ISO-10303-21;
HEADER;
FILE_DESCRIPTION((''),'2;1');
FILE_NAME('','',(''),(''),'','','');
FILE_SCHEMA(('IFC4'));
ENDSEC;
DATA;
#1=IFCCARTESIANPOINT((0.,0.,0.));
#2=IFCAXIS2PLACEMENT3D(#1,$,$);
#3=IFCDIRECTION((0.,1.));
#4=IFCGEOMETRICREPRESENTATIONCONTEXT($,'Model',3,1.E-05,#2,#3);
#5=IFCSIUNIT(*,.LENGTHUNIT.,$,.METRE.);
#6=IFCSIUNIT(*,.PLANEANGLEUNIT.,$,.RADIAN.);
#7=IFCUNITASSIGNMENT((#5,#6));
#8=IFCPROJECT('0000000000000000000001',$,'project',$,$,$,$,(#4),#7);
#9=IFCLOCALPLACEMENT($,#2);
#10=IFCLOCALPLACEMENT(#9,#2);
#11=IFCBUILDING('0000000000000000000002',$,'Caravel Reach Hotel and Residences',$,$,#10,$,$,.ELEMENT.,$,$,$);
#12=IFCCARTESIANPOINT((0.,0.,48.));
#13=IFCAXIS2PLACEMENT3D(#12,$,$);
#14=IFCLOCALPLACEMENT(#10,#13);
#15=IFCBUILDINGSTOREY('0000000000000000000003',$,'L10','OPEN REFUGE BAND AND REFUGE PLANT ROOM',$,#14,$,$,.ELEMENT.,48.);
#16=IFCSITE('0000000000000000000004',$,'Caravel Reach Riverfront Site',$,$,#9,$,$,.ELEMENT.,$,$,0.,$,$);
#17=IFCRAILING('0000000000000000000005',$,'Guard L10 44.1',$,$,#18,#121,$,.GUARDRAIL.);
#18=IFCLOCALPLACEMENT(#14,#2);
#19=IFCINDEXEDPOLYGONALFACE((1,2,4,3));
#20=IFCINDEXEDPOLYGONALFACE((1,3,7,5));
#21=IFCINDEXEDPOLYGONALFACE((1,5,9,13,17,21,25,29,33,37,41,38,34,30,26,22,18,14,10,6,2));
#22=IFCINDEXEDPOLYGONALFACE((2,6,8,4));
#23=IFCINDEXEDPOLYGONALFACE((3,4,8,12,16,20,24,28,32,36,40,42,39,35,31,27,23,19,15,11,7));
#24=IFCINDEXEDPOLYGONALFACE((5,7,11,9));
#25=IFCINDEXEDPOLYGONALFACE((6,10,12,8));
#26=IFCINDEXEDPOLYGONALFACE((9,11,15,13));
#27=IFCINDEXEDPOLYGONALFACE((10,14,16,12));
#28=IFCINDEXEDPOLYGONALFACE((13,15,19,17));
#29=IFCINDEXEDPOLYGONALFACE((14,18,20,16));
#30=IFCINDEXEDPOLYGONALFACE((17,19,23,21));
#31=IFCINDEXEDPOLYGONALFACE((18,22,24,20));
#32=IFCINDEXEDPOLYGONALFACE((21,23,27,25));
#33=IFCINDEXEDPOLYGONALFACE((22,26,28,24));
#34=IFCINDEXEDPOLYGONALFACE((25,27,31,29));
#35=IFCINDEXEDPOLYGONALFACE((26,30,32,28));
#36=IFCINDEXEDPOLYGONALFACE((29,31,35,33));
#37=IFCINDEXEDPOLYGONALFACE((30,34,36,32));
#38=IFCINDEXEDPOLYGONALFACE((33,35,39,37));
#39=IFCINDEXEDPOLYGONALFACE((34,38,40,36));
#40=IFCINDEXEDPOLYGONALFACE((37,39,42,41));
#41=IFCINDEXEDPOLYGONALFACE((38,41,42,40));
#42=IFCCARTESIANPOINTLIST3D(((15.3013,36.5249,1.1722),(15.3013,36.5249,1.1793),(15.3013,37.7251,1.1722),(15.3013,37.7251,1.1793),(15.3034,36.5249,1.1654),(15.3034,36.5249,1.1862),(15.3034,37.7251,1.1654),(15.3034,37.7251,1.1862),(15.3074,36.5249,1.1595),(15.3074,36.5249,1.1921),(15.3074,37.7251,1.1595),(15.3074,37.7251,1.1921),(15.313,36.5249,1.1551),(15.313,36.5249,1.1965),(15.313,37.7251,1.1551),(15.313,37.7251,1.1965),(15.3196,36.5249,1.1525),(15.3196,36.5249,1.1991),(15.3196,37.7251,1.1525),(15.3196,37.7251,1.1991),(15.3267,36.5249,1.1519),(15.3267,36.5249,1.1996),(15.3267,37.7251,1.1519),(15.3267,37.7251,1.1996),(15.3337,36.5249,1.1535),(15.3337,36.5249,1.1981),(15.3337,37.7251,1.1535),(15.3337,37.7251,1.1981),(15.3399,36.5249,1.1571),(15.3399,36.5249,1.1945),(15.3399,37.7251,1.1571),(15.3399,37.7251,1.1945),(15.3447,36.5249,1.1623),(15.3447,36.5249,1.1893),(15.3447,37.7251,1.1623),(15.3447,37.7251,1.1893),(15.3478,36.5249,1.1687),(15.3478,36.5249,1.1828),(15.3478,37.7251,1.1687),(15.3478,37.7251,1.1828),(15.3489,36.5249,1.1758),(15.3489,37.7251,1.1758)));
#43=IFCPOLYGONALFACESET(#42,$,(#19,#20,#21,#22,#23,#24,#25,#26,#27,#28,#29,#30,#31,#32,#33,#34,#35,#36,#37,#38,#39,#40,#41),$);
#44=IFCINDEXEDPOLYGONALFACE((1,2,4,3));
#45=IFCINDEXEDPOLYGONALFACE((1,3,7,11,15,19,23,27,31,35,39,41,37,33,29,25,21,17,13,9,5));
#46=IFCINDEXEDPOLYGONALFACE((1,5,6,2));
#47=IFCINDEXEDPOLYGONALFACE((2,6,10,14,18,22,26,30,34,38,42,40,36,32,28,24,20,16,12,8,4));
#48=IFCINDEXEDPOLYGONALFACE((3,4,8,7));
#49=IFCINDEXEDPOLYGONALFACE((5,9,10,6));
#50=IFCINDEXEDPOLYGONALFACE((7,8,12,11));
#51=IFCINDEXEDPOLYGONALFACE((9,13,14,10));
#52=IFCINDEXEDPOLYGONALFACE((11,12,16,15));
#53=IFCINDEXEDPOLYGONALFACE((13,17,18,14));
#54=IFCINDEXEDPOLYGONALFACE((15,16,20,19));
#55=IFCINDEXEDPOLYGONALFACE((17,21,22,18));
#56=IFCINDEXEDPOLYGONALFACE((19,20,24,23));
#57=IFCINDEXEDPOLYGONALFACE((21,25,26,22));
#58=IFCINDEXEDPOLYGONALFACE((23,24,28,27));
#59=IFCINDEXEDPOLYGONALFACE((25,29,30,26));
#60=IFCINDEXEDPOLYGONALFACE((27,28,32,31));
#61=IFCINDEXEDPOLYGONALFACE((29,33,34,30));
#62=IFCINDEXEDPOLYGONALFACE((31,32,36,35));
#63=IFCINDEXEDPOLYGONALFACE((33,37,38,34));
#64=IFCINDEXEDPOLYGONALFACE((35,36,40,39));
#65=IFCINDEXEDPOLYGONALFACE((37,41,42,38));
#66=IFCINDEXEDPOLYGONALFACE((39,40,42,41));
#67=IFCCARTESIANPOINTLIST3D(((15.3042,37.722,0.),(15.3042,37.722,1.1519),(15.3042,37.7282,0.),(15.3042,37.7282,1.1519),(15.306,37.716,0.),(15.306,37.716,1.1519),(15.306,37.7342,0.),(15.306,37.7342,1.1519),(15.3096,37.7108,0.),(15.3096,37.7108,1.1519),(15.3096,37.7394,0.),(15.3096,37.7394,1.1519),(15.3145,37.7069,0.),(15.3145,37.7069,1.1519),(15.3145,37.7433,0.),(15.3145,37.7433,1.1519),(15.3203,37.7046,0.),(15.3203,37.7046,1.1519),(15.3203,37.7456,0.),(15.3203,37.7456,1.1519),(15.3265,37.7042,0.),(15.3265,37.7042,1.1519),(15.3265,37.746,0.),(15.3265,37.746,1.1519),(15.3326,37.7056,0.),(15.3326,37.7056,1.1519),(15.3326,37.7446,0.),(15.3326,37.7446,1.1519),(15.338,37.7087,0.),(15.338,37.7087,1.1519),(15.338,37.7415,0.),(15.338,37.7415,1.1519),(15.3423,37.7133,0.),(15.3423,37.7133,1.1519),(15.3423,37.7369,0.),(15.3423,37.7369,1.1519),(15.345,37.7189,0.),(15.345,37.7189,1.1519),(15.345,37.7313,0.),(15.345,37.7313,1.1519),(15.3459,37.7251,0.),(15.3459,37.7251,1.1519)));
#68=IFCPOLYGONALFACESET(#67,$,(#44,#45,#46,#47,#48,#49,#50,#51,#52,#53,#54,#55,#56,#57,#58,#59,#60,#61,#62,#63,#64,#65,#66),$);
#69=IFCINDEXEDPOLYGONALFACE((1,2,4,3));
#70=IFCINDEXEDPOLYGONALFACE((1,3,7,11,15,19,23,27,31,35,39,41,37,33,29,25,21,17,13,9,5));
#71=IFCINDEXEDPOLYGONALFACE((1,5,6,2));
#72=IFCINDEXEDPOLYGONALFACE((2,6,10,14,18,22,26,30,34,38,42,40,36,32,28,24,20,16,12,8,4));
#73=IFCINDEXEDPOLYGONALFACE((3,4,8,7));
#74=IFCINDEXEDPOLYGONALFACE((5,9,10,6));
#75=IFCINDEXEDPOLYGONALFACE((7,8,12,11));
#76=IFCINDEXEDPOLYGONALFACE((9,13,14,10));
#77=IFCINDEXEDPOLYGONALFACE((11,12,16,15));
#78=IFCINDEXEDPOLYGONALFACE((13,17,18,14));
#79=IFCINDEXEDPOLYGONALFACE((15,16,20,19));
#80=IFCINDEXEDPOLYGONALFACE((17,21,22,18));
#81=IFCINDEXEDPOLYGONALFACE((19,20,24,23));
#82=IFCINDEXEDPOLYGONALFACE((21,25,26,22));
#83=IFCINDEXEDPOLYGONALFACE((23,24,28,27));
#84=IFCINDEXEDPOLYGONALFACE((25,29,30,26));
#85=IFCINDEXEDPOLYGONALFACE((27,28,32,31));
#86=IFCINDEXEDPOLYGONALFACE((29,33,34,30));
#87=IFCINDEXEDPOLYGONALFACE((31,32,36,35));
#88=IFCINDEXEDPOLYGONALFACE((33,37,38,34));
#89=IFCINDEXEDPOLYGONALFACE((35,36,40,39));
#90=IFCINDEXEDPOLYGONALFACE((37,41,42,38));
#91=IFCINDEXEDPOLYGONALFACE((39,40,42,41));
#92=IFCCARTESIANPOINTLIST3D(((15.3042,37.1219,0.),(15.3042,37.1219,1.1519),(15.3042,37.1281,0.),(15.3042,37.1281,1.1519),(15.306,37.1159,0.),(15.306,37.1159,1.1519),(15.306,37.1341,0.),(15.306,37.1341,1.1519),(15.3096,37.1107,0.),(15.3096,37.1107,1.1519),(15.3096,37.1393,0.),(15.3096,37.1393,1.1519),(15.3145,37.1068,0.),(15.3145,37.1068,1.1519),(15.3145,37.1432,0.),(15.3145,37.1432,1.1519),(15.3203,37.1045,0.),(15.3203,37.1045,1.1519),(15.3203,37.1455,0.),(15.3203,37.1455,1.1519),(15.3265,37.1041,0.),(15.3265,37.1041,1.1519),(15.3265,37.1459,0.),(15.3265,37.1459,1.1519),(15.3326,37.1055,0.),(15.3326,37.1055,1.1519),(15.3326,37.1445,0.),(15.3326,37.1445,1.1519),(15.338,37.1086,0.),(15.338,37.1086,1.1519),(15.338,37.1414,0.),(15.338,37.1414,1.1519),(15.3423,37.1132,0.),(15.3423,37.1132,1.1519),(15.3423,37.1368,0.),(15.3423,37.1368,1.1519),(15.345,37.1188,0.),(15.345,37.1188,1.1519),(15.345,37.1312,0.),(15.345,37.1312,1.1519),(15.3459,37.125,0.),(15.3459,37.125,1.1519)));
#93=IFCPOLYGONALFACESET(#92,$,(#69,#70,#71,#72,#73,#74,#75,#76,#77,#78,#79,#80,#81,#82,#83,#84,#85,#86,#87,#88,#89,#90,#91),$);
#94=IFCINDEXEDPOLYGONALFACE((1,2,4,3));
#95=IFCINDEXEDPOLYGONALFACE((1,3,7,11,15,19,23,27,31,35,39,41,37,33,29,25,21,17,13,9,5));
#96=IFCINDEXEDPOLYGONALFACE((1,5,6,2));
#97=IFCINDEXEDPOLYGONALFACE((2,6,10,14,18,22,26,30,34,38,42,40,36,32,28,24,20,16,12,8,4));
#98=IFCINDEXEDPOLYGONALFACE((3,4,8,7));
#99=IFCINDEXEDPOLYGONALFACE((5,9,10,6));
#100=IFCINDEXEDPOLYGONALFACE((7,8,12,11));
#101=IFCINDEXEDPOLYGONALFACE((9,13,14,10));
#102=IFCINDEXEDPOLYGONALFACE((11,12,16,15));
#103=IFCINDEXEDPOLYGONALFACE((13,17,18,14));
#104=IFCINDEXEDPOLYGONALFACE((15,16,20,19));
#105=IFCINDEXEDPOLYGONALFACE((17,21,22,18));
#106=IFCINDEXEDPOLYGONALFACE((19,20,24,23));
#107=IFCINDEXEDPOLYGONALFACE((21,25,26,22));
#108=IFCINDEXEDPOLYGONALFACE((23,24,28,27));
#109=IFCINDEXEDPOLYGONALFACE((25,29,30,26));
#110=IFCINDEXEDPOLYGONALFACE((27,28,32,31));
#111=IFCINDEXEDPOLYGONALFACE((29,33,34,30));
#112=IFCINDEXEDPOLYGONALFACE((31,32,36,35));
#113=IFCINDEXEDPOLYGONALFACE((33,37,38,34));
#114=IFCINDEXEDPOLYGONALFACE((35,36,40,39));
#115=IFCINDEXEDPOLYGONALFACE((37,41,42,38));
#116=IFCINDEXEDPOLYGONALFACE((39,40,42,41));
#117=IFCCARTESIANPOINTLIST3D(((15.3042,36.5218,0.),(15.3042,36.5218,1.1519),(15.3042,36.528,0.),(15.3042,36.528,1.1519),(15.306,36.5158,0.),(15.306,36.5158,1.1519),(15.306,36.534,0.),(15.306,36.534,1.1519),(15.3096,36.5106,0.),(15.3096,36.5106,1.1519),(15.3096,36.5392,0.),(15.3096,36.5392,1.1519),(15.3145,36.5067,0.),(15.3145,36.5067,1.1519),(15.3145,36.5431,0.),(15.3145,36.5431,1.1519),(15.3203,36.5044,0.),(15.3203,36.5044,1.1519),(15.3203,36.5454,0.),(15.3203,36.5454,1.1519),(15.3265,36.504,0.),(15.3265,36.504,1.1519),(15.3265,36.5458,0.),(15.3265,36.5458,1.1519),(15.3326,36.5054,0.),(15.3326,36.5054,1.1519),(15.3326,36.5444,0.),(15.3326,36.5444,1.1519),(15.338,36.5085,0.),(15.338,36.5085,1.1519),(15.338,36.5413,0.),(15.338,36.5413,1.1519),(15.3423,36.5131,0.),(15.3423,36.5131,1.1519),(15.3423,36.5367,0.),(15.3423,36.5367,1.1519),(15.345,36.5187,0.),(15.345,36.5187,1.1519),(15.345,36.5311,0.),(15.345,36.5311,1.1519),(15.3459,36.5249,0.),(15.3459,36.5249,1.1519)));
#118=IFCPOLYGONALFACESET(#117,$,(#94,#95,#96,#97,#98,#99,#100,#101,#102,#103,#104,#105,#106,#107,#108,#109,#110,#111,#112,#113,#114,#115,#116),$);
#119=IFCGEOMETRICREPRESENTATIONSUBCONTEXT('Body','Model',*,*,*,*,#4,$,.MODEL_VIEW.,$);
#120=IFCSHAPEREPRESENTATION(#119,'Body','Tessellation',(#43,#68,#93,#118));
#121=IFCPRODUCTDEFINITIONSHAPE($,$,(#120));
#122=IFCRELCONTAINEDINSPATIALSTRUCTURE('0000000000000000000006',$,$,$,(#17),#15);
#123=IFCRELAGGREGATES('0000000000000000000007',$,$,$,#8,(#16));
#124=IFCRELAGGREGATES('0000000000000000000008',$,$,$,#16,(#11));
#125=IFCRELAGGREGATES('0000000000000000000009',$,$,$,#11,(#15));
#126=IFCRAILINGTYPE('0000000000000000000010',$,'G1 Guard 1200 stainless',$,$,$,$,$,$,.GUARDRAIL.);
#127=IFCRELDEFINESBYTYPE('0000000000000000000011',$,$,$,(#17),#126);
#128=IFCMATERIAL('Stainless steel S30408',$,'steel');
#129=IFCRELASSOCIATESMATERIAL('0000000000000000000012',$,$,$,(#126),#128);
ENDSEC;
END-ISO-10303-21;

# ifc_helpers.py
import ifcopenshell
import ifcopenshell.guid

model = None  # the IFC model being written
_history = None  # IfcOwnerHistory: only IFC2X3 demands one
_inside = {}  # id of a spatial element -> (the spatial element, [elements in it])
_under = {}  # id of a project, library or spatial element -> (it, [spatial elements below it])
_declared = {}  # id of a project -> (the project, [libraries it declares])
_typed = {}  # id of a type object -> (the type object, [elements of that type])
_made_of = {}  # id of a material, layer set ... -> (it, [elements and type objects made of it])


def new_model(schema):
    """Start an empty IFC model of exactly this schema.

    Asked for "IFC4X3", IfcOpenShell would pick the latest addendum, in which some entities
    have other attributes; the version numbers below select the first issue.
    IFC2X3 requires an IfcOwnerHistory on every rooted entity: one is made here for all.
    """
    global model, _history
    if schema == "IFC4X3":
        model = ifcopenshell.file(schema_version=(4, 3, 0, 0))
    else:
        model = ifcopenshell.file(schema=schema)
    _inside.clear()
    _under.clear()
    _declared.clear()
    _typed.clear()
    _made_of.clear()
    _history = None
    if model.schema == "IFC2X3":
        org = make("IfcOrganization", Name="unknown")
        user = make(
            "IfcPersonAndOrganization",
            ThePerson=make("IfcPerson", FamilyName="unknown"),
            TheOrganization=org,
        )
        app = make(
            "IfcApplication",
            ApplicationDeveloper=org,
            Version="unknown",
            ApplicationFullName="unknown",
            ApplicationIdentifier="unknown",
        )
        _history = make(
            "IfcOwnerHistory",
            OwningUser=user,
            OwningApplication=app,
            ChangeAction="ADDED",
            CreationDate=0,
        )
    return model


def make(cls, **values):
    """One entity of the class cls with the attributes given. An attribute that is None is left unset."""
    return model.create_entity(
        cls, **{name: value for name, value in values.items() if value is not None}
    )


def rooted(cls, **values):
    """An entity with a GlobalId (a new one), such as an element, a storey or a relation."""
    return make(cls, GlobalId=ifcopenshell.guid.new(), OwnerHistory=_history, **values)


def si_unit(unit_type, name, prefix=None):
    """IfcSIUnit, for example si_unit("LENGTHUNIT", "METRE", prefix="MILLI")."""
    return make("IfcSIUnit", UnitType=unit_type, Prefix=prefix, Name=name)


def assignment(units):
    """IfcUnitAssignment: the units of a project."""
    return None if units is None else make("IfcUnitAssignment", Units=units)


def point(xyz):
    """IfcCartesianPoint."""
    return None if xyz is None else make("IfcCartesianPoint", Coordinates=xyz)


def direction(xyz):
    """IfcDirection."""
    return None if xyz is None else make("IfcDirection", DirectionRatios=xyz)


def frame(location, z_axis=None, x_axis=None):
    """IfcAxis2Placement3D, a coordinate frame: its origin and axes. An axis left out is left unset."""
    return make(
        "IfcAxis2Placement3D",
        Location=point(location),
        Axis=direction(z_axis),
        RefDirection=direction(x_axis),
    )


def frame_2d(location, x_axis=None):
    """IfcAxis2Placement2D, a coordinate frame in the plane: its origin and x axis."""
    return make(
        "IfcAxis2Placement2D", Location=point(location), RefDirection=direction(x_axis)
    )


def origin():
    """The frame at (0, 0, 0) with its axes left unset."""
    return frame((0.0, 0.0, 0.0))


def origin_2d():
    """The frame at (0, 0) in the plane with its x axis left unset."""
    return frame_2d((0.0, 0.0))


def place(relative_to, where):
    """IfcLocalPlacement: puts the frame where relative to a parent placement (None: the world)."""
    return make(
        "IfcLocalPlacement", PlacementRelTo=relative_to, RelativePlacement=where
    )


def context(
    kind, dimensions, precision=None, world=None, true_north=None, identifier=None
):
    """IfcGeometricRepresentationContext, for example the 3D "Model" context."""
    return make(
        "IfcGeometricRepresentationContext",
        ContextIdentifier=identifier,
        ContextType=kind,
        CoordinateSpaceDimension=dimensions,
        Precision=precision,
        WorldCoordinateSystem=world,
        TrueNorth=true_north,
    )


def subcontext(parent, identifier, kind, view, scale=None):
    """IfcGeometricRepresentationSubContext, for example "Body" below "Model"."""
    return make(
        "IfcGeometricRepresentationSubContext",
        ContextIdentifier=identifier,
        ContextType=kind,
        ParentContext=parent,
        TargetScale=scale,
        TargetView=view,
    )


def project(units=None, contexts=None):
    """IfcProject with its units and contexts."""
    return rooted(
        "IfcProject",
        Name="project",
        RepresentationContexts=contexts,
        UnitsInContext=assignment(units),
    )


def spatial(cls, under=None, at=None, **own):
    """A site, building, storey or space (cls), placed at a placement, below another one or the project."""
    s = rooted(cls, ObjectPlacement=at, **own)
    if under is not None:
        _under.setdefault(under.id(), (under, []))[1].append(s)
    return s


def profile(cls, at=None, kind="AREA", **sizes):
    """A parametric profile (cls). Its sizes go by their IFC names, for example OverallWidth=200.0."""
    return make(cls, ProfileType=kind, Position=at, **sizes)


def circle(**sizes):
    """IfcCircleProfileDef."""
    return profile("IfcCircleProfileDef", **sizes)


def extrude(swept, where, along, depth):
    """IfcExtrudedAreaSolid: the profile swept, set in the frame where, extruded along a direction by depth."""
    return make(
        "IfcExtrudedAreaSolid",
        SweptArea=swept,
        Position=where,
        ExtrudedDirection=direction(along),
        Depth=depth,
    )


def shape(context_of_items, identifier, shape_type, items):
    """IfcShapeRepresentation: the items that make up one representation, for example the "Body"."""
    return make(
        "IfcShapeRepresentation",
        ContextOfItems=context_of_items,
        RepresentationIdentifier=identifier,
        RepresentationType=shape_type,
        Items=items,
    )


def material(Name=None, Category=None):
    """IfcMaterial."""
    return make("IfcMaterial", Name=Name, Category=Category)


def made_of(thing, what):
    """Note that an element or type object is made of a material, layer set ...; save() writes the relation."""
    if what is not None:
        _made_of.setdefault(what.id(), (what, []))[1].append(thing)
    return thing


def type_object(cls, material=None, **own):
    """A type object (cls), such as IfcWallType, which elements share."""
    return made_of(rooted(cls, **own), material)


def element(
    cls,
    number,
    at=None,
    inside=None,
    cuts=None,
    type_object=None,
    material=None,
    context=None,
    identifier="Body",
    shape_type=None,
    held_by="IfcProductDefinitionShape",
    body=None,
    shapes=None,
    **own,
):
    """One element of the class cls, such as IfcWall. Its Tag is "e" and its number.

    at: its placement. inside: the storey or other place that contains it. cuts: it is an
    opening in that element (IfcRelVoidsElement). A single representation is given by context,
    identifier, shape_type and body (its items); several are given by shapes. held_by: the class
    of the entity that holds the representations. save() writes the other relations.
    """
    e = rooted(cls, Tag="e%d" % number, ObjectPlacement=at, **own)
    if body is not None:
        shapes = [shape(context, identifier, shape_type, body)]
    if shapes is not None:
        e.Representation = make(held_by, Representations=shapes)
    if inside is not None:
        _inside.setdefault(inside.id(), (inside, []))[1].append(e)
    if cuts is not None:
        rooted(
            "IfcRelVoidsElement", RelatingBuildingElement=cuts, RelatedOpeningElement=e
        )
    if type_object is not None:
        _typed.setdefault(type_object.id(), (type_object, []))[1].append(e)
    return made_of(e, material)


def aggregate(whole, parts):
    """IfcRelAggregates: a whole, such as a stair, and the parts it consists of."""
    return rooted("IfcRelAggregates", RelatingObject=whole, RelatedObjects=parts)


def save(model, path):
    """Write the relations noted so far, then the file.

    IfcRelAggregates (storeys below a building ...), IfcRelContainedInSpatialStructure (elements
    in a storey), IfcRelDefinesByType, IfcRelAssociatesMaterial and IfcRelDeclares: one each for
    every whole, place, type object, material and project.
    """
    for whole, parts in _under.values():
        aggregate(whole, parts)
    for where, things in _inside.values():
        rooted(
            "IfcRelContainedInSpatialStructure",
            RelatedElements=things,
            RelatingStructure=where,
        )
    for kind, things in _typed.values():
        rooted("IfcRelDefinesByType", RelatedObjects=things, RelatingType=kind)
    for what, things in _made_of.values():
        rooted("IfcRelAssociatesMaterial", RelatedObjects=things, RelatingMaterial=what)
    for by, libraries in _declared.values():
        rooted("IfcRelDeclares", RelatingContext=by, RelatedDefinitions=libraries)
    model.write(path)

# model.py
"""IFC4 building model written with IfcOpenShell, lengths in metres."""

from ifc_helpers import new_model, si_unit, direction, frame, origin, origin_2d, place, context, subcontext, project, spatial, circle, extrude, material, type_object, element, save


model = new_model("IFC4")

# Units and contexts
model_context = context("Model", 3, precision=1e-05, world=origin(), true_north=direction((0.0, 1.0)))
body_context = subcontext(model_context, "Body", "Model", "MODEL_VIEW")
ifc_project = project(units=[si_unit("LENGTHUNIT", "METRE"), si_unit("PLANEANGLEUNIT", "RADIAN")], contexts=[model_context])

# Site, building, storey
site_placement = place(None, origin())
site = spatial("IfcSite", under=ifc_project, at=site_placement, Name="Caravel Reach Riverfront Site", CompositionType="ELEMENT", RefElevation=0.0)
building_placement = place(site_placement, origin())
building = spatial("IfcBuilding", under=site, at=building_placement, Name="Caravel Reach Hotel and Residences", CompositionType="ELEMENT")
storey_placement = place(building_placement, frame((0.0, 0.0, 48.0)))
storey = spatial("IfcBuildingStorey", under=building, at=storey_placement, Name="L10", Description="OPEN REFUGE BAND AND REFUGE PLANT ROOM", CompositionType="ELEMENT", Elevation=48.0)

# Railing
ifc_material_1 = material(Name="Stainless steel S30408", Category="steel")
railing_type = type_object("IfcRailingType", Name="G1 Guard 1200 stainless", PredefinedType="GUARDRAIL", material=ifc_material_1)
railing_1_placement = place(storey_placement, frame((15.325, 37.7251, 0.0)))
element("IfcRailing", 1, at=railing_1_placement, inside=storey, type_object=railing_type, Name="Guard L10 44.1", PredefinedType="GUARDRAIL", context=body_context, shape_type="SweptSolid", body=[
    extrude(circle(Radius=0.0239, at=origin_2d()), frame((0.0, 0.0, 1.1758), z_axis=(0.0, -1.0, 0.0), x_axis=(1.0, 0.0, 0.0)), (0.0, 0.0, 1.0), 1.2002),
    extrude(circle(Radius=0.021, at=origin_2d()), origin(), (0.0, 0.0, 1.0), 1.1519),
    extrude(circle(Radius=0.021, at=origin_2d()), frame((0.0, -0.6001, 0.0)), (0.0, 0.0, 1.0), 1.1519),
    extrude(circle(Radius=0.021, at=origin_2d()), frame((0.0, -1.2002, 0.0)), (0.0, 0.0, 1.0), 1.1519),
])

save(model, "model.ifc")
